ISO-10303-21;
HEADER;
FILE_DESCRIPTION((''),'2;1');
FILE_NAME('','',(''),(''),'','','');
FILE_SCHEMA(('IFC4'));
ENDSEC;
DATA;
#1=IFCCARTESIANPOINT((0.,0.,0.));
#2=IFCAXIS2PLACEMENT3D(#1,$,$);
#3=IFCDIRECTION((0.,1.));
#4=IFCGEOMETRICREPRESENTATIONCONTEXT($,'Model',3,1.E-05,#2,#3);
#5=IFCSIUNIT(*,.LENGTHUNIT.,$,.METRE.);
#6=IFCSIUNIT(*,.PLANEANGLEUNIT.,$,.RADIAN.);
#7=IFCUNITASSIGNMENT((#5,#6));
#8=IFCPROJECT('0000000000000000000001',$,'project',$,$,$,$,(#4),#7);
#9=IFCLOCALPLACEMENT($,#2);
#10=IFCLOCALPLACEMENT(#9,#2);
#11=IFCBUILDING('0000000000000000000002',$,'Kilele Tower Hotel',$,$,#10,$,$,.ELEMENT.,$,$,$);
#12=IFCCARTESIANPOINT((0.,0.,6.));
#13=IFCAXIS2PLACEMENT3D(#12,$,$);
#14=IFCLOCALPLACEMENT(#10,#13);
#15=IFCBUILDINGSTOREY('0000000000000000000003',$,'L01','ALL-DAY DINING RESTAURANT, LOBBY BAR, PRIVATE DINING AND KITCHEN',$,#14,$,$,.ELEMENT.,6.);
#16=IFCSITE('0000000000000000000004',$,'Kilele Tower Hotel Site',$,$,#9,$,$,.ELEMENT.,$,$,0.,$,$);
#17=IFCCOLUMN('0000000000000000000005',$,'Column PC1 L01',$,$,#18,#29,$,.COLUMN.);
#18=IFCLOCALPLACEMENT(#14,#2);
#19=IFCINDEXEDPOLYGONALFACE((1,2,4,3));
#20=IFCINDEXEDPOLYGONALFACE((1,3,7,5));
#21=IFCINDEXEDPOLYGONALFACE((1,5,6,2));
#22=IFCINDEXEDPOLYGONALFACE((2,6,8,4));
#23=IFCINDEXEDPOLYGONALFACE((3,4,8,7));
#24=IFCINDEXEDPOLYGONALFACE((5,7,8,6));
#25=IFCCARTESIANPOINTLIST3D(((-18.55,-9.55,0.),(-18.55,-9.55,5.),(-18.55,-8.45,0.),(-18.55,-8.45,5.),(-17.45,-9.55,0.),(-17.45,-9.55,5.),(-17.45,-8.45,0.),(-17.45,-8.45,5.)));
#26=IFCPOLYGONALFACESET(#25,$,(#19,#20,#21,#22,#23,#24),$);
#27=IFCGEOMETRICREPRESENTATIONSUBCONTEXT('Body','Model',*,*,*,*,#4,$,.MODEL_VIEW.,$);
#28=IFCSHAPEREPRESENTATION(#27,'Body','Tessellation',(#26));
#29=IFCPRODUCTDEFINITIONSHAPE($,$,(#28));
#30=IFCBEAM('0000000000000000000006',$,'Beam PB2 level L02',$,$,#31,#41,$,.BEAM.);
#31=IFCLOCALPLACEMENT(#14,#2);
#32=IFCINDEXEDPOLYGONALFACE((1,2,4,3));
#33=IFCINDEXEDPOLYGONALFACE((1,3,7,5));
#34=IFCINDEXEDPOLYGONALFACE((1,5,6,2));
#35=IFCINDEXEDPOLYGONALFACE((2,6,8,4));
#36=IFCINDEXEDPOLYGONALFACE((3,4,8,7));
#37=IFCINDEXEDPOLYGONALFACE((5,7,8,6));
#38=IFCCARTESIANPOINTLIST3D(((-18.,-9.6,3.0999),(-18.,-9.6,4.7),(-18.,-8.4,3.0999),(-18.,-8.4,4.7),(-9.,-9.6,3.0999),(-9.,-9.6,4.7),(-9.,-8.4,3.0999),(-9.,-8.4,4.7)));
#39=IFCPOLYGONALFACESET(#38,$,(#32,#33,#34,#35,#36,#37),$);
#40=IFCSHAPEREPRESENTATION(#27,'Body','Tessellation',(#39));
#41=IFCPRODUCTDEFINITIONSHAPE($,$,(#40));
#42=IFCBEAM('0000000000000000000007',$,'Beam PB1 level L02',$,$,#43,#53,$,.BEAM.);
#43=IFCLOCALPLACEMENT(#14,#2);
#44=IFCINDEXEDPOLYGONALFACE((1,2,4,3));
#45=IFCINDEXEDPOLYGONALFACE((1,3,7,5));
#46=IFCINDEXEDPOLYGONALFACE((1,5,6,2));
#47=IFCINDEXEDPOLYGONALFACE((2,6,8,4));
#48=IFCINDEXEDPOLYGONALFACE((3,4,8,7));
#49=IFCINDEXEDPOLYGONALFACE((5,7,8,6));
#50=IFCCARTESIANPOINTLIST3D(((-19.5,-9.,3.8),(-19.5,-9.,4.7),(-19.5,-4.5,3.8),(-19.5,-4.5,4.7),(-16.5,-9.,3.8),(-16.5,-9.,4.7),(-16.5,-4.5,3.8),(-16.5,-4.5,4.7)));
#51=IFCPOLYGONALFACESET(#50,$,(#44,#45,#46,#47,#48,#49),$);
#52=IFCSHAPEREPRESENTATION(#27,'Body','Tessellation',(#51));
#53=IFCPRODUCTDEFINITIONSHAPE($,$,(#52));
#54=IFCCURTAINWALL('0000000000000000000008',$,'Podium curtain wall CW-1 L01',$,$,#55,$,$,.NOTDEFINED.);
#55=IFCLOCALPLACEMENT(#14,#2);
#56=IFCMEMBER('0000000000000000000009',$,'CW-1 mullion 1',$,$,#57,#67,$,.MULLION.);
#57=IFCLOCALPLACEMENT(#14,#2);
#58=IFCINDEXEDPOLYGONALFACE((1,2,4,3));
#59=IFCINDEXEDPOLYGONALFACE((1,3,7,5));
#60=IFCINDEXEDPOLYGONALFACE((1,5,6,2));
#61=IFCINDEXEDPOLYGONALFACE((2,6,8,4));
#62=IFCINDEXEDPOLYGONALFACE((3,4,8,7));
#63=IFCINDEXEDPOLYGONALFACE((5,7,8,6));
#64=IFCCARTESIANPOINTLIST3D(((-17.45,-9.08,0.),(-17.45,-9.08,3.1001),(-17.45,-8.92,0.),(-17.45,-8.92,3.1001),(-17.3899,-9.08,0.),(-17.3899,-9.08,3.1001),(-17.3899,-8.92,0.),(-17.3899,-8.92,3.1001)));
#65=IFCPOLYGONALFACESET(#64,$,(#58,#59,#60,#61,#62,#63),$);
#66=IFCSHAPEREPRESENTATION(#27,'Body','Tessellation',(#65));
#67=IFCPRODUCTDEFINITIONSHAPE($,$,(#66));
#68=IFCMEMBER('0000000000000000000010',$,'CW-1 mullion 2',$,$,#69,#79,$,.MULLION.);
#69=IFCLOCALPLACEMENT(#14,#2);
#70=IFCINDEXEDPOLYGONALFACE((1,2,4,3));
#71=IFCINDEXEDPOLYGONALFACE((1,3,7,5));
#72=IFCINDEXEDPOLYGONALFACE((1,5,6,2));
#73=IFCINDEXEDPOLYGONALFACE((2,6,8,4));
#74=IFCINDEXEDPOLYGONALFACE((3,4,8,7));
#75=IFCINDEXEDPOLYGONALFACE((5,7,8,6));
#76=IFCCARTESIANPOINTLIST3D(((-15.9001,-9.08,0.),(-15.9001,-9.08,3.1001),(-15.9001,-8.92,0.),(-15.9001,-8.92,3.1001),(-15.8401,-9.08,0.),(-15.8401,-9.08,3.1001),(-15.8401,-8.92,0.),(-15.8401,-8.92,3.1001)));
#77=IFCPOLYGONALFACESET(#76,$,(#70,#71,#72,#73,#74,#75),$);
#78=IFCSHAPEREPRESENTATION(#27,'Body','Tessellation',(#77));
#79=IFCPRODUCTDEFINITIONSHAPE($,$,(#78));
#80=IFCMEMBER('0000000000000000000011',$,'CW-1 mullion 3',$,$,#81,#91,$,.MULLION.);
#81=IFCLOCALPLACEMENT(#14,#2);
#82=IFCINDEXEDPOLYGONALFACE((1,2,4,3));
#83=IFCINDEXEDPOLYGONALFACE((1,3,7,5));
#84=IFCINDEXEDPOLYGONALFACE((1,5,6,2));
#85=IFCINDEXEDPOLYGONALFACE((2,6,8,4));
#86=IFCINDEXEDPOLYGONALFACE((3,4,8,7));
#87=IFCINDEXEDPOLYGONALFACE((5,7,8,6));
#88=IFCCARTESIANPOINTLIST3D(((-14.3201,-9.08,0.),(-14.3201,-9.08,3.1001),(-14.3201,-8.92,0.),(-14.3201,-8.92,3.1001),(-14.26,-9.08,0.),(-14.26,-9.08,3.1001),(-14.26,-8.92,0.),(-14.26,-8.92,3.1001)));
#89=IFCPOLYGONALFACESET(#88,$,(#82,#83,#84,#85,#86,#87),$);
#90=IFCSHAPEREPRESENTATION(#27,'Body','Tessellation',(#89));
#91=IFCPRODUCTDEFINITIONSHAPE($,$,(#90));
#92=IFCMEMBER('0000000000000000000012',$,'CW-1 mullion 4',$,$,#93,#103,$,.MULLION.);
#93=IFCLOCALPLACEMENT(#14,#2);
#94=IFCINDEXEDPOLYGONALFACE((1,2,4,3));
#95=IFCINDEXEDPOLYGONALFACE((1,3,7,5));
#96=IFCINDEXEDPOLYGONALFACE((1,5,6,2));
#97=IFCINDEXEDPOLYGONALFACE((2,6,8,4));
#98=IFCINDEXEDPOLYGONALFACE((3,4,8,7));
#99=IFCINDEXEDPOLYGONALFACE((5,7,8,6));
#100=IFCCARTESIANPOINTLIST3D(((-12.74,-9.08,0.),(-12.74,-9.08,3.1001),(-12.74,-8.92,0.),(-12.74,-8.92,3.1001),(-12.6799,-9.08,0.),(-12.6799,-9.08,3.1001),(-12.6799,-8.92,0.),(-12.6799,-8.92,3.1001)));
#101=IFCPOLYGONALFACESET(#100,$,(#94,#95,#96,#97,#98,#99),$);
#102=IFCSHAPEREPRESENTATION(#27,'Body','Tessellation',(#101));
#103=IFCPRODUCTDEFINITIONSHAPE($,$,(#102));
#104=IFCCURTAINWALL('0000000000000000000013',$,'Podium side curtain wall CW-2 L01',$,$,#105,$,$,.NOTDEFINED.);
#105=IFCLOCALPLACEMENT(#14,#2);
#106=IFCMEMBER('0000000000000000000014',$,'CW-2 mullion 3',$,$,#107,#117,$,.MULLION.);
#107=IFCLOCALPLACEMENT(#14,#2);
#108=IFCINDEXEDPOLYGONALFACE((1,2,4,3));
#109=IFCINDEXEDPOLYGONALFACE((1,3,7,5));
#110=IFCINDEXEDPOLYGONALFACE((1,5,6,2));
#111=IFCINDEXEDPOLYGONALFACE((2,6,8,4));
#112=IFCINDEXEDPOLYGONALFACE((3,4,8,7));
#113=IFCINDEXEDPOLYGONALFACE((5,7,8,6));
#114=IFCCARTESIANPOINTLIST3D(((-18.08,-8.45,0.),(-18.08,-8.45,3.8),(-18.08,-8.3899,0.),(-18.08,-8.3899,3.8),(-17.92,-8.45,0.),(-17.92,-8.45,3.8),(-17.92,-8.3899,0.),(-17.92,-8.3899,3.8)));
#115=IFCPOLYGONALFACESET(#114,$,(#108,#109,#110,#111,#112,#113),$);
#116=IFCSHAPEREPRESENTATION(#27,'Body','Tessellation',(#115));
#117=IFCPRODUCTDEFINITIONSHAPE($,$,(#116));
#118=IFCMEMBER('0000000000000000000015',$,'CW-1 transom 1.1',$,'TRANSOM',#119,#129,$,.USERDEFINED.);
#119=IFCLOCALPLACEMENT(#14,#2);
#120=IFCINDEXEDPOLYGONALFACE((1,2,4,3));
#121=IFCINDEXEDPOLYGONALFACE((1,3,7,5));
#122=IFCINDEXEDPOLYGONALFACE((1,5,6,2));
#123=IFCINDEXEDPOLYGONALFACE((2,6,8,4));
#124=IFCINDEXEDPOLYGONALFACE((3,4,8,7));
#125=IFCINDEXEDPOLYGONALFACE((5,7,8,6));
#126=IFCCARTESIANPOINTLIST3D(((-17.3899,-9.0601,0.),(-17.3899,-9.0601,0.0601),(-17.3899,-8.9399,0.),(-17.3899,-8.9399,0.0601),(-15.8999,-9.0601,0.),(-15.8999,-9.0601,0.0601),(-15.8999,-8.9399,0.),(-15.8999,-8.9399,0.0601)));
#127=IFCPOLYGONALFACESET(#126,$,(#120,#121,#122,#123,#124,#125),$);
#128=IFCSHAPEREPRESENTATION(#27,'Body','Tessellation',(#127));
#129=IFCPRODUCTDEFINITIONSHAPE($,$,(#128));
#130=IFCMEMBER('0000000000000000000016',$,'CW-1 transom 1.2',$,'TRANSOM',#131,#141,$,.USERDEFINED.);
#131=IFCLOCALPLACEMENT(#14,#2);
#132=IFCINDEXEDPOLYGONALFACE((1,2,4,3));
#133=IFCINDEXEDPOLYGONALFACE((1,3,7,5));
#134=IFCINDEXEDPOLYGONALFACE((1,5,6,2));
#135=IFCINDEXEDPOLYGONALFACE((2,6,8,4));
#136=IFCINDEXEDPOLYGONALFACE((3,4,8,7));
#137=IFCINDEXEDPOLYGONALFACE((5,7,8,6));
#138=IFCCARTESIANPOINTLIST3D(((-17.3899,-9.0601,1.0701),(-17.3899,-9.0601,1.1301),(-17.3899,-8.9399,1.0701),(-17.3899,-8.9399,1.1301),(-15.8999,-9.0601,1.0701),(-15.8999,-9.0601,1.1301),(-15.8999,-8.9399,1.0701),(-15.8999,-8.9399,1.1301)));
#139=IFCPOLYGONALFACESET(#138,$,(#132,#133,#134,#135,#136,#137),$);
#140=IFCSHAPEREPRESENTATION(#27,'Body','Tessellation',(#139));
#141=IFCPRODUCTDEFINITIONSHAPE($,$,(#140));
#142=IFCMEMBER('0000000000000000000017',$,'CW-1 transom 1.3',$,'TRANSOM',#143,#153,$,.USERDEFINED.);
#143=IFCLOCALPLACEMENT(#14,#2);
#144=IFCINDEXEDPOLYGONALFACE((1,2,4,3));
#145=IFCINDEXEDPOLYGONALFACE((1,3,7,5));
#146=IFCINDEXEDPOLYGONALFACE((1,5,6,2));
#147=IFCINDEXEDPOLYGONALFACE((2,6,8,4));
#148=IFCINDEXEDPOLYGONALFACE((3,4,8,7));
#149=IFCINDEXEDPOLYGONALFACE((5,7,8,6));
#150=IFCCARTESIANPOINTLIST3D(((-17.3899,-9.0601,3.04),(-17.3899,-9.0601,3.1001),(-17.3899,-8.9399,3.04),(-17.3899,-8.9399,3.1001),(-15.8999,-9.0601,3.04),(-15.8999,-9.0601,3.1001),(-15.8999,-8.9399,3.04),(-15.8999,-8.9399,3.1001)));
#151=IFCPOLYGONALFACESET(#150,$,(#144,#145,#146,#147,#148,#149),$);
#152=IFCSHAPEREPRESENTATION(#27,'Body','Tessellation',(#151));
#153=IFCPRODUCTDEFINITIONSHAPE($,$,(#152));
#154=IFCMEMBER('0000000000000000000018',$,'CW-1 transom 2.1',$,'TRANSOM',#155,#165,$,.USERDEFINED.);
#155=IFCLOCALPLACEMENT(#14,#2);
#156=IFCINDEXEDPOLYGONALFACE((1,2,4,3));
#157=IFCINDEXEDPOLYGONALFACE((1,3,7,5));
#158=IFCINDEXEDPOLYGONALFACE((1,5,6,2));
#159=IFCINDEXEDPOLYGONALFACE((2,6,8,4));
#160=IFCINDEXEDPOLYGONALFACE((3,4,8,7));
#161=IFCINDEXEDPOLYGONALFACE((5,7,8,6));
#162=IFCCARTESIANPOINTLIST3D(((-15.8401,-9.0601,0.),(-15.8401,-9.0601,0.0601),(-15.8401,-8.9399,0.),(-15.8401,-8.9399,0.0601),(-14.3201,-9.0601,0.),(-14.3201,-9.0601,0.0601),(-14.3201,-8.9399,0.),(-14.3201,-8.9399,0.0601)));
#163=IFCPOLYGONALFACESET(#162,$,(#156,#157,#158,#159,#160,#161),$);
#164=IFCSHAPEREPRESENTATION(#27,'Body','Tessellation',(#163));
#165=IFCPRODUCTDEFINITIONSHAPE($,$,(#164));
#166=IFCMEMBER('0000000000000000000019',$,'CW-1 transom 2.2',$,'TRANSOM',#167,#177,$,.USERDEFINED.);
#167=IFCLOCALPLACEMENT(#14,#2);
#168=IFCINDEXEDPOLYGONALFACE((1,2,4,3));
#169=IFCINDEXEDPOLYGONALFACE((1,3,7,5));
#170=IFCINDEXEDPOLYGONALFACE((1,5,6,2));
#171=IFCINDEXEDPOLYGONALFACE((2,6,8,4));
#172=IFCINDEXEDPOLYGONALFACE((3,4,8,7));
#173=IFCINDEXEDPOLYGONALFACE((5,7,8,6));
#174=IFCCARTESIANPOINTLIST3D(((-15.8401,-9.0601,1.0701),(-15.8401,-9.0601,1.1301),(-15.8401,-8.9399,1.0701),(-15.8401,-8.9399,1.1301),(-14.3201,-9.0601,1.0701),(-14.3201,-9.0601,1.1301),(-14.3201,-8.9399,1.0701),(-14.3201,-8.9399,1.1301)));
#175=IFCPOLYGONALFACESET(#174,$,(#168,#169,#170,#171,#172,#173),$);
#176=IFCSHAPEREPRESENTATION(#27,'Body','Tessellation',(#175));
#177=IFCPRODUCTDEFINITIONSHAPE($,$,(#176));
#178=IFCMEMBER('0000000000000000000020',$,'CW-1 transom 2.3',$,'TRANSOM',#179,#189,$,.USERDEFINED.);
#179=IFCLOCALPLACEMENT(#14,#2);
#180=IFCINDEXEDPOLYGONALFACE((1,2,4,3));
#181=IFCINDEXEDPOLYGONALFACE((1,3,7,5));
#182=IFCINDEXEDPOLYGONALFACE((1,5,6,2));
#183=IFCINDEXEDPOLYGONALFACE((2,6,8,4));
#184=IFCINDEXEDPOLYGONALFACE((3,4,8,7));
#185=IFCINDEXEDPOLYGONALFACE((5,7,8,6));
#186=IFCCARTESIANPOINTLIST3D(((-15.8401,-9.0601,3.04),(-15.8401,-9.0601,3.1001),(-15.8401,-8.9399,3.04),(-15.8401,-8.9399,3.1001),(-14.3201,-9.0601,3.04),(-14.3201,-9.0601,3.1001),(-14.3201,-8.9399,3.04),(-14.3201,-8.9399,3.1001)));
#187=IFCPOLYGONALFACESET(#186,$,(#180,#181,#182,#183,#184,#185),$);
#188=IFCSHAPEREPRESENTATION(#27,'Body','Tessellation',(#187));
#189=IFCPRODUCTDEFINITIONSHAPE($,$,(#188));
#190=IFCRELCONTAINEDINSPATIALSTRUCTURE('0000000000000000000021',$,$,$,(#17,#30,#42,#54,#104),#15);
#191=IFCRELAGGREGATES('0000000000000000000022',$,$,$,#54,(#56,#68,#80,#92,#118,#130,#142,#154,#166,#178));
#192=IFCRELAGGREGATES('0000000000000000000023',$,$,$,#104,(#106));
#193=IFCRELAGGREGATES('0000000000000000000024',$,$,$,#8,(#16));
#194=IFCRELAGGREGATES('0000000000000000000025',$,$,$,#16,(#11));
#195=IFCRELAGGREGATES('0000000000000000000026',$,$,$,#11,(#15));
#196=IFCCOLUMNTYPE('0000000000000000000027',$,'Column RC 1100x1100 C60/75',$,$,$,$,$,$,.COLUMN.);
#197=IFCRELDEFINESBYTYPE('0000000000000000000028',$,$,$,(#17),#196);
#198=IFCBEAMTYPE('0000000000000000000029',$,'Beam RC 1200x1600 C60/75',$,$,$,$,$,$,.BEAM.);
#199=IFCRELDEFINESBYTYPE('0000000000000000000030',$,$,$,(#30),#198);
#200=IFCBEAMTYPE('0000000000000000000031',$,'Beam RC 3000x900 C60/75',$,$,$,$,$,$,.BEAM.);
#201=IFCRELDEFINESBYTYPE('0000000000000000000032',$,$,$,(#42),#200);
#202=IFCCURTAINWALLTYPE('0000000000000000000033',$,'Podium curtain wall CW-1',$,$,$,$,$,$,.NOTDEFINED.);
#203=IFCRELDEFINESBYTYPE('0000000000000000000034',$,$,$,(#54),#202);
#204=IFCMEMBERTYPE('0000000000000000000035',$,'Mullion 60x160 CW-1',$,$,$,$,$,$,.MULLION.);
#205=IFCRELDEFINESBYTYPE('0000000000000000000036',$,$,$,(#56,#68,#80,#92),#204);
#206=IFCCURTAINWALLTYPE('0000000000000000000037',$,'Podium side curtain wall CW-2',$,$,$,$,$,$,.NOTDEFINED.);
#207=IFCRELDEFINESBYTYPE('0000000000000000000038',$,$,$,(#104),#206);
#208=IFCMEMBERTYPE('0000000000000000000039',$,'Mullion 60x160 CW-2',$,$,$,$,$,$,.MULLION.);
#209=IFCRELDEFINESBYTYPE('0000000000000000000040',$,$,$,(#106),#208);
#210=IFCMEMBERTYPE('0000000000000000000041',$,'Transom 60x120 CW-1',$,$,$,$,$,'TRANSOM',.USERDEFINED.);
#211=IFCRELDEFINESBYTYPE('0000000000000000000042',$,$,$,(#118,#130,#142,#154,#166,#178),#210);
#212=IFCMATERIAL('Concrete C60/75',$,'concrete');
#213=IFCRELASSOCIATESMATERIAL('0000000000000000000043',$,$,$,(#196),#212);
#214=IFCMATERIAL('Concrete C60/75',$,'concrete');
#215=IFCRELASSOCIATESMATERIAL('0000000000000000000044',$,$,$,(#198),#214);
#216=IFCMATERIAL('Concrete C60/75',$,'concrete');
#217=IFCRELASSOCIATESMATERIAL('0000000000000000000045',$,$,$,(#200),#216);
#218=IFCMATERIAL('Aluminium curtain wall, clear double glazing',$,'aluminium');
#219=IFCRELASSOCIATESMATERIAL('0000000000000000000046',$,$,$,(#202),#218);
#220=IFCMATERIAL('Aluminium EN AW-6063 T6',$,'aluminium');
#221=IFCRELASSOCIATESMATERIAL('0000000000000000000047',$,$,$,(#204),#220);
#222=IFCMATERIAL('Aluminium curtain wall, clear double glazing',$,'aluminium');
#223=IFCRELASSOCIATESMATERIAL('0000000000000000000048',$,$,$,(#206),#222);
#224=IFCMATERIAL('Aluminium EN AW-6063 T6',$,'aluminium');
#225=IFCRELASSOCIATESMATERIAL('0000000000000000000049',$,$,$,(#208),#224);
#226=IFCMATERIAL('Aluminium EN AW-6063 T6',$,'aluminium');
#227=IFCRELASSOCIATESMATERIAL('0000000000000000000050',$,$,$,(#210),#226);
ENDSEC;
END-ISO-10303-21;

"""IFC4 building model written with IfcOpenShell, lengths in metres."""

from ifc_helpers import new_model, si_unit, direction, frame, origin, origin_2d, place, context, subcontext, project, spatial, rectangle, extrude, material, material_profile, profile_set, type_object, element, aggregate, save


model = new_model("IFC4")

# Units and contexts
model_context = context("Model", 3, precision=1e-05, world=origin(), true_north=direction((0.0, 1.0)))
body_context = subcontext(model_context, "Body", "Model", "MODEL_VIEW")
ifc_project = project(units=[si_unit("LENGTHUNIT", "METRE"), si_unit("PLANEANGLEUNIT", "RADIAN")], contexts=[model_context])

# Site, building, storey
site_placement = place(None, origin())
site = spatial("IfcSite", under=ifc_project, at=site_placement, Name="Kilele Tower Hotel Site", CompositionType="ELEMENT", RefElevation=0.0)
building_placement = place(site_placement, origin())
building = spatial("IfcBuilding", under=site, at=building_placement, Name="Kilele Tower Hotel", CompositionType="ELEMENT")
storey_placement = place(building_placement, frame((0.0, 0.0, 6.0)))
storey = spatial("IfcBuildingStorey", under=building, at=storey_placement, Name="L01", Description="ALL-DAY DINING RESTAURANT, LOBBY BAR, PRIVATE DINING AND KITCHEN", CompositionType="ELEMENT", Elevation=6.0)

# Column
ifc_material_1 = material(Name="Concrete C60/75", Category="concrete")
ifc_material_profile_1 = material_profile(ifc_material_1, rectangle(XDim=1.1001, YDim=1.1001, at=origin_2d()))
ifc_profile_set_1 = profile_set([ifc_material_profile_1], Name="Concrete C60/75")
column_type = type_object("IfcColumnType", Name="Column RC 1100x1100 C60/75", PredefinedType="COLUMN", material=ifc_profile_set_1)
column_placement = place(storey_placement, frame((-18.0, -9.0, 0.0), z_axis=(0.0, 0.0, 1.0), x_axis=(1.0, 0.0, 0.0)))
element("IfcColumn", 1, at=column_placement, inside=storey, type_object=column_type, Name="Column PC1 L01", PredefinedType="COLUMN", context=body_context, shape_type="SweptSolid", body=[
    extrude(rectangle(XDim=1.1001, YDim=1.1001, at=origin_2d()), origin(), (0.0, 0.0, 1.0), 5.0),
])

# Beams
ifc_material_2 = material(Name="Concrete C60/75", Category="concrete")
ifc_material_profile_2 = material_profile(ifc_material_2, rectangle(XDim=1.2, YDim=1.6001, at=origin_2d()))
ifc_profile_set_2 = profile_set([ifc_material_profile_2], Name="Concrete C60/75")
beam_type_1 = type_object("IfcBeamType", Name="Beam RC 1200x1600 C60/75", PredefinedType="BEAM", material=ifc_profile_set_2)
beam_1_placement = place(storey_placement, frame((-18.0, -9.0, 3.8999), z_axis=(1.0, 0.0, 0.0), x_axis=(0.0, 1.0, 0.0)))
element("IfcBeam", 2, at=beam_1_placement, inside=storey, type_object=beam_type_1, Name="Beam PB2 level L02", PredefinedType="BEAM", context=body_context, shape_type="SweptSolid", body=[
    extrude(rectangle(XDim=1.2, YDim=1.6001, at=origin_2d()), origin(), (0.0, 0.0, 1.0), 9.0),
])
ifc_material_3 = material(Name="Concrete C60/75", Category="concrete")
ifc_material_profile_3 = material_profile(ifc_material_3, rectangle(XDim=3.0, YDim=0.8999, at=origin_2d()))
ifc_profile_set_3 = profile_set([ifc_material_profile_3], Name="Concrete C60/75")
beam_type_2 = type_object("IfcBeamType", Name="Beam RC 3000x900 C60/75", PredefinedType="BEAM", material=ifc_profile_set_3)
beam_2_placement = place(storey_placement, frame((-18.0, -9.0, 4.25), z_axis=(0.0, 1.0, 0.0), x_axis=(-1.0, 0.0, 0.0)))
element("IfcBeam", 3, at=beam_2_placement, inside=storey, type_object=beam_type_2, Name="Beam PB1 level L02", PredefinedType="BEAM", context=body_context, shape_type="SweptSolid", body=[
    extrude(rectangle(XDim=3.0, YDim=0.8999, at=origin_2d()), origin(), (0.0, 0.0, 1.0), 4.5),
])

# Curtain wall, members
ifc_material_4 = material(Name="Aluminium curtain wall, clear double glazing", Category="aluminium")
curtain_wall_type_1 = type_object("IfcCurtainWallType", Name="Podium curtain wall CW-1", PredefinedType="NOTDEFINED", material=ifc_material_4)
curtain_wall_1_placement = place(storey_placement, origin())
curtain_wall_1 = element("IfcCurtainWall", 4, at=curtain_wall_1_placement, inside=storey, type_object=curtain_wall_type_1, Name="Podium curtain wall CW-1 L01", PredefinedType="NOTDEFINED")
ifc_material_5 = material(Name="Aluminium EN AW-6063 T6", Category="aluminium")
ifc_material_profile_4 = material_profile(ifc_material_5, rectangle(XDim=0.1599, YDim=0.0601, at=origin_2d()))
ifc_profile_set_4 = profile_set([ifc_material_profile_4], Name="Aluminium EN AW-6063 T6")
member_type_1 = type_object("IfcMemberType", Name="Mullion 60x160 CW-1", PredefinedType="MULLION", material=ifc_profile_set_4)
member_1_placement = place(storey_placement, frame((-17.4199, -9.0, 0.0), z_axis=(0.0, 0.0, 1.0), x_axis=(0.0, 1.0, 0.0)))
member_1 = element("IfcMember", 5, at=member_1_placement, type_object=member_type_1, Name="CW-1 mullion 1", PredefinedType="MULLION", context=body_context, shape_type="SweptSolid", body=[
    extrude(rectangle(XDim=0.1599, YDim=0.0601, at=origin_2d()), origin(), (0.0, 0.0, 1.0), 3.1001),
])
member_2_placement = place(storey_placement, frame((-15.8701, -9.0, 0.0), z_axis=(0.0, 0.0, 1.0), x_axis=(0.0, 1.0, 0.0)))
member_2 = element("IfcMember", 6, at=member_2_placement, type_object=member_type_1, Name="CW-1 mullion 2", PredefinedType="MULLION", context=body_context, shape_type="SweptSolid", body=[
    extrude(rectangle(XDim=0.1599, YDim=0.0601, at=origin_2d()), origin(), (0.0, 0.0, 1.0), 3.1001),
])
member_3_placement = place(storey_placement, frame((-14.29, -9.0, 0.0), z_axis=(0.0, 0.0, 1.0), x_axis=(0.0, 1.0, 0.0)))
member_3 = element("IfcMember", 7, at=member_3_placement, type_object=member_type_1, Name="CW-1 mullion 3", PredefinedType="MULLION", context=body_context, shape_type="SweptSolid", body=[
    extrude(rectangle(XDim=0.1599, YDim=0.0601, at=origin_2d()), origin(), (0.0, 0.0, 1.0), 3.1001),
])
member_4_placement = place(storey_placement, frame((-12.71, -9.0, 0.0), z_axis=(0.0, 0.0, 1.0), x_axis=(0.0, 1.0, 0.0)))
member_4 = element("IfcMember", 8, at=member_4_placement, type_object=member_type_1, Name="CW-1 mullion 4", PredefinedType="MULLION", context=body_context, shape_type="SweptSolid", body=[
    extrude(rectangle(XDim=0.1599, YDim=0.0601, at=origin_2d()), origin(), (0.0, 0.0, 1.0), 3.1001),
])

# Curtain wall, member
ifc_material_6 = material(Name="Aluminium curtain wall, clear double glazing", Category="aluminium")
curtain_wall_type_2 = type_object("IfcCurtainWallType", Name="Podium side curtain wall CW-2", PredefinedType="NOTDEFINED", material=ifc_material_6)
curtain_wall_2_placement = place(storey_placement, origin())
curtain_wall_2 = element("IfcCurtainWall", 9, at=curtain_wall_2_placement, inside=storey, type_object=curtain_wall_type_2, Name="Podium side curtain wall CW-2 L01", PredefinedType="NOTDEFINED")
ifc_material_7 = material(Name="Aluminium EN AW-6063 T6", Category="aluminium")
ifc_material_profile_5 = material_profile(ifc_material_7, rectangle(XDim=0.1599, YDim=0.0601, at=origin_2d()))
ifc_profile_set_5 = profile_set([ifc_material_profile_5], Name="Aluminium EN AW-6063 T6")
member_type_2 = type_object("IfcMemberType", Name="Mullion 60x160 CW-2", PredefinedType="MULLION", material=ifc_profile_set_5)
member_5_placement = place(storey_placement, frame((-18.0, -8.4199, 0.0), z_axis=(0.0, 0.0, 1.0), x_axis=(1.0, 0.0, 0.0)))
member_5 = element("IfcMember", 10, at=member_5_placement, type_object=member_type_2, Name="CW-2 mullion 3", PredefinedType="MULLION", context=body_context, shape_type="SweptSolid", body=[
    extrude(rectangle(XDim=0.1599, YDim=0.0601, at=origin_2d()), origin(), (0.0, 0.0, 1.0), 3.8),
])

# Members
ifc_material_8 = material(Name="Aluminium EN AW-6063 T6", Category="aluminium")
ifc_material_profile_6 = material_profile(ifc_material_8, rectangle(XDim=0.1201, YDim=0.0601, at=origin_2d()))
ifc_profile_set_6 = profile_set([ifc_material_profile_6], Name="Aluminium EN AW-6063 T6")
member_type_3 = type_object("IfcMemberType", Name="Transom 60x120 CW-1", ElementType="TRANSOM", PredefinedType="USERDEFINED", material=ifc_profile_set_6)
member_6_placement = place(storey_placement, frame((-17.3899, -9.0, 0.03), z_axis=(1.0, 0.0, 0.0), x_axis=(0.0, 1.0, 0.0)))
member_6 = element("IfcMember", 11, at=member_6_placement, type_object=member_type_3, Name="CW-1 transom 1.1", ObjectType="TRANSOM", PredefinedType="USERDEFINED", context=body_context, shape_type="SweptSolid", body=[
    extrude(rectangle(XDim=0.1201, YDim=0.0601, at=origin_2d()), origin(), (0.0, 0.0, 1.0), 1.49),
])
member_7_placement = place(storey_placement, frame((-17.3899, -9.0, 1.1001), z_axis=(1.0, 0.0, 0.0), x_axis=(0.0, 1.0, 0.0)))
member_7 = element("IfcMember", 12, at=member_7_placement, type_object=member_type_3, Name="CW-1 transom 1.2", ObjectType="TRANSOM", PredefinedType="USERDEFINED", context=body_context, shape_type="SweptSolid", body=[
    extrude(rectangle(XDim=0.1201, YDim=0.0601, at=origin_2d()), origin(), (0.0, 0.0, 1.0), 1.49),
])
member_8_placement = place(storey_placement, frame((-17.3899, -9.0, 3.0701), z_axis=(1.0, 0.0, 0.0), x_axis=(0.0, 1.0, 0.0)))
member_8 = element("IfcMember", 13, at=member_8_placement, type_object=member_type_3, Name="CW-1 transom 1.3", ObjectType="TRANSOM", PredefinedType="USERDEFINED", context=body_context, shape_type="SweptSolid", body=[
    extrude(rectangle(XDim=0.1201, YDim=0.0601, at=origin_2d()), origin(), (0.0, 0.0, 1.0), 1.49),
])
member_9_placement = place(storey_placement, frame((-15.8401, -9.0, 0.03), z_axis=(1.0, 0.0, 0.0), x_axis=(0.0, 1.0, 0.0)))
member_9 = element("IfcMember", 14, at=member_9_placement, type_object=member_type_3, Name="CW-1 transom 2.1", ObjectType="TRANSOM", PredefinedType="USERDEFINED", context=body_context, shape_type="SweptSolid", body=[
    extrude(rectangle(XDim=0.1201, YDim=0.0601, at=origin_2d()), origin(), (0.0, 0.0, 1.0), 1.52),
])
member_10_placement = place(storey_placement, frame((-15.8401, -9.0, 1.1001), z_axis=(1.0, 0.0, 0.0), x_axis=(0.0, 1.0, 0.0)))
member_10 = element("IfcMember", 15, at=member_10_placement, type_object=member_type_3, Name="CW-1 transom 2.2", ObjectType="TRANSOM", PredefinedType="USERDEFINED", context=body_context, shape_type="SweptSolid", body=[
    extrude(rectangle(XDim=0.1201, YDim=0.0601, at=origin_2d()), origin(), (0.0, 0.0, 1.0), 1.52),
])
member_11_placement = place(storey_placement, frame((-15.8401, -9.0, 3.0701), z_axis=(1.0, 0.0, 0.0), x_axis=(0.0, 1.0, 0.0)))
member_11 = element("IfcMember", 16, at=member_11_placement, type_object=member_type_3, Name="CW-1 transom 2.3", ObjectType="TRANSOM", PredefinedType="USERDEFINED", context=body_context, shape_type="SweptSolid", body=[
    extrude(rectangle(XDim=0.1201, YDim=0.0601, at=origin_2d()), origin(), (0.0, 0.0, 1.0), 1.52),
])

aggregate(curtain_wall_1, [member_1, member_2, member_3, member_4, member_6, member_7, member_8, member_9, member_10, member_11])
aggregate(curtain_wall_2, [member_5])

save(model, "model.ifc")
